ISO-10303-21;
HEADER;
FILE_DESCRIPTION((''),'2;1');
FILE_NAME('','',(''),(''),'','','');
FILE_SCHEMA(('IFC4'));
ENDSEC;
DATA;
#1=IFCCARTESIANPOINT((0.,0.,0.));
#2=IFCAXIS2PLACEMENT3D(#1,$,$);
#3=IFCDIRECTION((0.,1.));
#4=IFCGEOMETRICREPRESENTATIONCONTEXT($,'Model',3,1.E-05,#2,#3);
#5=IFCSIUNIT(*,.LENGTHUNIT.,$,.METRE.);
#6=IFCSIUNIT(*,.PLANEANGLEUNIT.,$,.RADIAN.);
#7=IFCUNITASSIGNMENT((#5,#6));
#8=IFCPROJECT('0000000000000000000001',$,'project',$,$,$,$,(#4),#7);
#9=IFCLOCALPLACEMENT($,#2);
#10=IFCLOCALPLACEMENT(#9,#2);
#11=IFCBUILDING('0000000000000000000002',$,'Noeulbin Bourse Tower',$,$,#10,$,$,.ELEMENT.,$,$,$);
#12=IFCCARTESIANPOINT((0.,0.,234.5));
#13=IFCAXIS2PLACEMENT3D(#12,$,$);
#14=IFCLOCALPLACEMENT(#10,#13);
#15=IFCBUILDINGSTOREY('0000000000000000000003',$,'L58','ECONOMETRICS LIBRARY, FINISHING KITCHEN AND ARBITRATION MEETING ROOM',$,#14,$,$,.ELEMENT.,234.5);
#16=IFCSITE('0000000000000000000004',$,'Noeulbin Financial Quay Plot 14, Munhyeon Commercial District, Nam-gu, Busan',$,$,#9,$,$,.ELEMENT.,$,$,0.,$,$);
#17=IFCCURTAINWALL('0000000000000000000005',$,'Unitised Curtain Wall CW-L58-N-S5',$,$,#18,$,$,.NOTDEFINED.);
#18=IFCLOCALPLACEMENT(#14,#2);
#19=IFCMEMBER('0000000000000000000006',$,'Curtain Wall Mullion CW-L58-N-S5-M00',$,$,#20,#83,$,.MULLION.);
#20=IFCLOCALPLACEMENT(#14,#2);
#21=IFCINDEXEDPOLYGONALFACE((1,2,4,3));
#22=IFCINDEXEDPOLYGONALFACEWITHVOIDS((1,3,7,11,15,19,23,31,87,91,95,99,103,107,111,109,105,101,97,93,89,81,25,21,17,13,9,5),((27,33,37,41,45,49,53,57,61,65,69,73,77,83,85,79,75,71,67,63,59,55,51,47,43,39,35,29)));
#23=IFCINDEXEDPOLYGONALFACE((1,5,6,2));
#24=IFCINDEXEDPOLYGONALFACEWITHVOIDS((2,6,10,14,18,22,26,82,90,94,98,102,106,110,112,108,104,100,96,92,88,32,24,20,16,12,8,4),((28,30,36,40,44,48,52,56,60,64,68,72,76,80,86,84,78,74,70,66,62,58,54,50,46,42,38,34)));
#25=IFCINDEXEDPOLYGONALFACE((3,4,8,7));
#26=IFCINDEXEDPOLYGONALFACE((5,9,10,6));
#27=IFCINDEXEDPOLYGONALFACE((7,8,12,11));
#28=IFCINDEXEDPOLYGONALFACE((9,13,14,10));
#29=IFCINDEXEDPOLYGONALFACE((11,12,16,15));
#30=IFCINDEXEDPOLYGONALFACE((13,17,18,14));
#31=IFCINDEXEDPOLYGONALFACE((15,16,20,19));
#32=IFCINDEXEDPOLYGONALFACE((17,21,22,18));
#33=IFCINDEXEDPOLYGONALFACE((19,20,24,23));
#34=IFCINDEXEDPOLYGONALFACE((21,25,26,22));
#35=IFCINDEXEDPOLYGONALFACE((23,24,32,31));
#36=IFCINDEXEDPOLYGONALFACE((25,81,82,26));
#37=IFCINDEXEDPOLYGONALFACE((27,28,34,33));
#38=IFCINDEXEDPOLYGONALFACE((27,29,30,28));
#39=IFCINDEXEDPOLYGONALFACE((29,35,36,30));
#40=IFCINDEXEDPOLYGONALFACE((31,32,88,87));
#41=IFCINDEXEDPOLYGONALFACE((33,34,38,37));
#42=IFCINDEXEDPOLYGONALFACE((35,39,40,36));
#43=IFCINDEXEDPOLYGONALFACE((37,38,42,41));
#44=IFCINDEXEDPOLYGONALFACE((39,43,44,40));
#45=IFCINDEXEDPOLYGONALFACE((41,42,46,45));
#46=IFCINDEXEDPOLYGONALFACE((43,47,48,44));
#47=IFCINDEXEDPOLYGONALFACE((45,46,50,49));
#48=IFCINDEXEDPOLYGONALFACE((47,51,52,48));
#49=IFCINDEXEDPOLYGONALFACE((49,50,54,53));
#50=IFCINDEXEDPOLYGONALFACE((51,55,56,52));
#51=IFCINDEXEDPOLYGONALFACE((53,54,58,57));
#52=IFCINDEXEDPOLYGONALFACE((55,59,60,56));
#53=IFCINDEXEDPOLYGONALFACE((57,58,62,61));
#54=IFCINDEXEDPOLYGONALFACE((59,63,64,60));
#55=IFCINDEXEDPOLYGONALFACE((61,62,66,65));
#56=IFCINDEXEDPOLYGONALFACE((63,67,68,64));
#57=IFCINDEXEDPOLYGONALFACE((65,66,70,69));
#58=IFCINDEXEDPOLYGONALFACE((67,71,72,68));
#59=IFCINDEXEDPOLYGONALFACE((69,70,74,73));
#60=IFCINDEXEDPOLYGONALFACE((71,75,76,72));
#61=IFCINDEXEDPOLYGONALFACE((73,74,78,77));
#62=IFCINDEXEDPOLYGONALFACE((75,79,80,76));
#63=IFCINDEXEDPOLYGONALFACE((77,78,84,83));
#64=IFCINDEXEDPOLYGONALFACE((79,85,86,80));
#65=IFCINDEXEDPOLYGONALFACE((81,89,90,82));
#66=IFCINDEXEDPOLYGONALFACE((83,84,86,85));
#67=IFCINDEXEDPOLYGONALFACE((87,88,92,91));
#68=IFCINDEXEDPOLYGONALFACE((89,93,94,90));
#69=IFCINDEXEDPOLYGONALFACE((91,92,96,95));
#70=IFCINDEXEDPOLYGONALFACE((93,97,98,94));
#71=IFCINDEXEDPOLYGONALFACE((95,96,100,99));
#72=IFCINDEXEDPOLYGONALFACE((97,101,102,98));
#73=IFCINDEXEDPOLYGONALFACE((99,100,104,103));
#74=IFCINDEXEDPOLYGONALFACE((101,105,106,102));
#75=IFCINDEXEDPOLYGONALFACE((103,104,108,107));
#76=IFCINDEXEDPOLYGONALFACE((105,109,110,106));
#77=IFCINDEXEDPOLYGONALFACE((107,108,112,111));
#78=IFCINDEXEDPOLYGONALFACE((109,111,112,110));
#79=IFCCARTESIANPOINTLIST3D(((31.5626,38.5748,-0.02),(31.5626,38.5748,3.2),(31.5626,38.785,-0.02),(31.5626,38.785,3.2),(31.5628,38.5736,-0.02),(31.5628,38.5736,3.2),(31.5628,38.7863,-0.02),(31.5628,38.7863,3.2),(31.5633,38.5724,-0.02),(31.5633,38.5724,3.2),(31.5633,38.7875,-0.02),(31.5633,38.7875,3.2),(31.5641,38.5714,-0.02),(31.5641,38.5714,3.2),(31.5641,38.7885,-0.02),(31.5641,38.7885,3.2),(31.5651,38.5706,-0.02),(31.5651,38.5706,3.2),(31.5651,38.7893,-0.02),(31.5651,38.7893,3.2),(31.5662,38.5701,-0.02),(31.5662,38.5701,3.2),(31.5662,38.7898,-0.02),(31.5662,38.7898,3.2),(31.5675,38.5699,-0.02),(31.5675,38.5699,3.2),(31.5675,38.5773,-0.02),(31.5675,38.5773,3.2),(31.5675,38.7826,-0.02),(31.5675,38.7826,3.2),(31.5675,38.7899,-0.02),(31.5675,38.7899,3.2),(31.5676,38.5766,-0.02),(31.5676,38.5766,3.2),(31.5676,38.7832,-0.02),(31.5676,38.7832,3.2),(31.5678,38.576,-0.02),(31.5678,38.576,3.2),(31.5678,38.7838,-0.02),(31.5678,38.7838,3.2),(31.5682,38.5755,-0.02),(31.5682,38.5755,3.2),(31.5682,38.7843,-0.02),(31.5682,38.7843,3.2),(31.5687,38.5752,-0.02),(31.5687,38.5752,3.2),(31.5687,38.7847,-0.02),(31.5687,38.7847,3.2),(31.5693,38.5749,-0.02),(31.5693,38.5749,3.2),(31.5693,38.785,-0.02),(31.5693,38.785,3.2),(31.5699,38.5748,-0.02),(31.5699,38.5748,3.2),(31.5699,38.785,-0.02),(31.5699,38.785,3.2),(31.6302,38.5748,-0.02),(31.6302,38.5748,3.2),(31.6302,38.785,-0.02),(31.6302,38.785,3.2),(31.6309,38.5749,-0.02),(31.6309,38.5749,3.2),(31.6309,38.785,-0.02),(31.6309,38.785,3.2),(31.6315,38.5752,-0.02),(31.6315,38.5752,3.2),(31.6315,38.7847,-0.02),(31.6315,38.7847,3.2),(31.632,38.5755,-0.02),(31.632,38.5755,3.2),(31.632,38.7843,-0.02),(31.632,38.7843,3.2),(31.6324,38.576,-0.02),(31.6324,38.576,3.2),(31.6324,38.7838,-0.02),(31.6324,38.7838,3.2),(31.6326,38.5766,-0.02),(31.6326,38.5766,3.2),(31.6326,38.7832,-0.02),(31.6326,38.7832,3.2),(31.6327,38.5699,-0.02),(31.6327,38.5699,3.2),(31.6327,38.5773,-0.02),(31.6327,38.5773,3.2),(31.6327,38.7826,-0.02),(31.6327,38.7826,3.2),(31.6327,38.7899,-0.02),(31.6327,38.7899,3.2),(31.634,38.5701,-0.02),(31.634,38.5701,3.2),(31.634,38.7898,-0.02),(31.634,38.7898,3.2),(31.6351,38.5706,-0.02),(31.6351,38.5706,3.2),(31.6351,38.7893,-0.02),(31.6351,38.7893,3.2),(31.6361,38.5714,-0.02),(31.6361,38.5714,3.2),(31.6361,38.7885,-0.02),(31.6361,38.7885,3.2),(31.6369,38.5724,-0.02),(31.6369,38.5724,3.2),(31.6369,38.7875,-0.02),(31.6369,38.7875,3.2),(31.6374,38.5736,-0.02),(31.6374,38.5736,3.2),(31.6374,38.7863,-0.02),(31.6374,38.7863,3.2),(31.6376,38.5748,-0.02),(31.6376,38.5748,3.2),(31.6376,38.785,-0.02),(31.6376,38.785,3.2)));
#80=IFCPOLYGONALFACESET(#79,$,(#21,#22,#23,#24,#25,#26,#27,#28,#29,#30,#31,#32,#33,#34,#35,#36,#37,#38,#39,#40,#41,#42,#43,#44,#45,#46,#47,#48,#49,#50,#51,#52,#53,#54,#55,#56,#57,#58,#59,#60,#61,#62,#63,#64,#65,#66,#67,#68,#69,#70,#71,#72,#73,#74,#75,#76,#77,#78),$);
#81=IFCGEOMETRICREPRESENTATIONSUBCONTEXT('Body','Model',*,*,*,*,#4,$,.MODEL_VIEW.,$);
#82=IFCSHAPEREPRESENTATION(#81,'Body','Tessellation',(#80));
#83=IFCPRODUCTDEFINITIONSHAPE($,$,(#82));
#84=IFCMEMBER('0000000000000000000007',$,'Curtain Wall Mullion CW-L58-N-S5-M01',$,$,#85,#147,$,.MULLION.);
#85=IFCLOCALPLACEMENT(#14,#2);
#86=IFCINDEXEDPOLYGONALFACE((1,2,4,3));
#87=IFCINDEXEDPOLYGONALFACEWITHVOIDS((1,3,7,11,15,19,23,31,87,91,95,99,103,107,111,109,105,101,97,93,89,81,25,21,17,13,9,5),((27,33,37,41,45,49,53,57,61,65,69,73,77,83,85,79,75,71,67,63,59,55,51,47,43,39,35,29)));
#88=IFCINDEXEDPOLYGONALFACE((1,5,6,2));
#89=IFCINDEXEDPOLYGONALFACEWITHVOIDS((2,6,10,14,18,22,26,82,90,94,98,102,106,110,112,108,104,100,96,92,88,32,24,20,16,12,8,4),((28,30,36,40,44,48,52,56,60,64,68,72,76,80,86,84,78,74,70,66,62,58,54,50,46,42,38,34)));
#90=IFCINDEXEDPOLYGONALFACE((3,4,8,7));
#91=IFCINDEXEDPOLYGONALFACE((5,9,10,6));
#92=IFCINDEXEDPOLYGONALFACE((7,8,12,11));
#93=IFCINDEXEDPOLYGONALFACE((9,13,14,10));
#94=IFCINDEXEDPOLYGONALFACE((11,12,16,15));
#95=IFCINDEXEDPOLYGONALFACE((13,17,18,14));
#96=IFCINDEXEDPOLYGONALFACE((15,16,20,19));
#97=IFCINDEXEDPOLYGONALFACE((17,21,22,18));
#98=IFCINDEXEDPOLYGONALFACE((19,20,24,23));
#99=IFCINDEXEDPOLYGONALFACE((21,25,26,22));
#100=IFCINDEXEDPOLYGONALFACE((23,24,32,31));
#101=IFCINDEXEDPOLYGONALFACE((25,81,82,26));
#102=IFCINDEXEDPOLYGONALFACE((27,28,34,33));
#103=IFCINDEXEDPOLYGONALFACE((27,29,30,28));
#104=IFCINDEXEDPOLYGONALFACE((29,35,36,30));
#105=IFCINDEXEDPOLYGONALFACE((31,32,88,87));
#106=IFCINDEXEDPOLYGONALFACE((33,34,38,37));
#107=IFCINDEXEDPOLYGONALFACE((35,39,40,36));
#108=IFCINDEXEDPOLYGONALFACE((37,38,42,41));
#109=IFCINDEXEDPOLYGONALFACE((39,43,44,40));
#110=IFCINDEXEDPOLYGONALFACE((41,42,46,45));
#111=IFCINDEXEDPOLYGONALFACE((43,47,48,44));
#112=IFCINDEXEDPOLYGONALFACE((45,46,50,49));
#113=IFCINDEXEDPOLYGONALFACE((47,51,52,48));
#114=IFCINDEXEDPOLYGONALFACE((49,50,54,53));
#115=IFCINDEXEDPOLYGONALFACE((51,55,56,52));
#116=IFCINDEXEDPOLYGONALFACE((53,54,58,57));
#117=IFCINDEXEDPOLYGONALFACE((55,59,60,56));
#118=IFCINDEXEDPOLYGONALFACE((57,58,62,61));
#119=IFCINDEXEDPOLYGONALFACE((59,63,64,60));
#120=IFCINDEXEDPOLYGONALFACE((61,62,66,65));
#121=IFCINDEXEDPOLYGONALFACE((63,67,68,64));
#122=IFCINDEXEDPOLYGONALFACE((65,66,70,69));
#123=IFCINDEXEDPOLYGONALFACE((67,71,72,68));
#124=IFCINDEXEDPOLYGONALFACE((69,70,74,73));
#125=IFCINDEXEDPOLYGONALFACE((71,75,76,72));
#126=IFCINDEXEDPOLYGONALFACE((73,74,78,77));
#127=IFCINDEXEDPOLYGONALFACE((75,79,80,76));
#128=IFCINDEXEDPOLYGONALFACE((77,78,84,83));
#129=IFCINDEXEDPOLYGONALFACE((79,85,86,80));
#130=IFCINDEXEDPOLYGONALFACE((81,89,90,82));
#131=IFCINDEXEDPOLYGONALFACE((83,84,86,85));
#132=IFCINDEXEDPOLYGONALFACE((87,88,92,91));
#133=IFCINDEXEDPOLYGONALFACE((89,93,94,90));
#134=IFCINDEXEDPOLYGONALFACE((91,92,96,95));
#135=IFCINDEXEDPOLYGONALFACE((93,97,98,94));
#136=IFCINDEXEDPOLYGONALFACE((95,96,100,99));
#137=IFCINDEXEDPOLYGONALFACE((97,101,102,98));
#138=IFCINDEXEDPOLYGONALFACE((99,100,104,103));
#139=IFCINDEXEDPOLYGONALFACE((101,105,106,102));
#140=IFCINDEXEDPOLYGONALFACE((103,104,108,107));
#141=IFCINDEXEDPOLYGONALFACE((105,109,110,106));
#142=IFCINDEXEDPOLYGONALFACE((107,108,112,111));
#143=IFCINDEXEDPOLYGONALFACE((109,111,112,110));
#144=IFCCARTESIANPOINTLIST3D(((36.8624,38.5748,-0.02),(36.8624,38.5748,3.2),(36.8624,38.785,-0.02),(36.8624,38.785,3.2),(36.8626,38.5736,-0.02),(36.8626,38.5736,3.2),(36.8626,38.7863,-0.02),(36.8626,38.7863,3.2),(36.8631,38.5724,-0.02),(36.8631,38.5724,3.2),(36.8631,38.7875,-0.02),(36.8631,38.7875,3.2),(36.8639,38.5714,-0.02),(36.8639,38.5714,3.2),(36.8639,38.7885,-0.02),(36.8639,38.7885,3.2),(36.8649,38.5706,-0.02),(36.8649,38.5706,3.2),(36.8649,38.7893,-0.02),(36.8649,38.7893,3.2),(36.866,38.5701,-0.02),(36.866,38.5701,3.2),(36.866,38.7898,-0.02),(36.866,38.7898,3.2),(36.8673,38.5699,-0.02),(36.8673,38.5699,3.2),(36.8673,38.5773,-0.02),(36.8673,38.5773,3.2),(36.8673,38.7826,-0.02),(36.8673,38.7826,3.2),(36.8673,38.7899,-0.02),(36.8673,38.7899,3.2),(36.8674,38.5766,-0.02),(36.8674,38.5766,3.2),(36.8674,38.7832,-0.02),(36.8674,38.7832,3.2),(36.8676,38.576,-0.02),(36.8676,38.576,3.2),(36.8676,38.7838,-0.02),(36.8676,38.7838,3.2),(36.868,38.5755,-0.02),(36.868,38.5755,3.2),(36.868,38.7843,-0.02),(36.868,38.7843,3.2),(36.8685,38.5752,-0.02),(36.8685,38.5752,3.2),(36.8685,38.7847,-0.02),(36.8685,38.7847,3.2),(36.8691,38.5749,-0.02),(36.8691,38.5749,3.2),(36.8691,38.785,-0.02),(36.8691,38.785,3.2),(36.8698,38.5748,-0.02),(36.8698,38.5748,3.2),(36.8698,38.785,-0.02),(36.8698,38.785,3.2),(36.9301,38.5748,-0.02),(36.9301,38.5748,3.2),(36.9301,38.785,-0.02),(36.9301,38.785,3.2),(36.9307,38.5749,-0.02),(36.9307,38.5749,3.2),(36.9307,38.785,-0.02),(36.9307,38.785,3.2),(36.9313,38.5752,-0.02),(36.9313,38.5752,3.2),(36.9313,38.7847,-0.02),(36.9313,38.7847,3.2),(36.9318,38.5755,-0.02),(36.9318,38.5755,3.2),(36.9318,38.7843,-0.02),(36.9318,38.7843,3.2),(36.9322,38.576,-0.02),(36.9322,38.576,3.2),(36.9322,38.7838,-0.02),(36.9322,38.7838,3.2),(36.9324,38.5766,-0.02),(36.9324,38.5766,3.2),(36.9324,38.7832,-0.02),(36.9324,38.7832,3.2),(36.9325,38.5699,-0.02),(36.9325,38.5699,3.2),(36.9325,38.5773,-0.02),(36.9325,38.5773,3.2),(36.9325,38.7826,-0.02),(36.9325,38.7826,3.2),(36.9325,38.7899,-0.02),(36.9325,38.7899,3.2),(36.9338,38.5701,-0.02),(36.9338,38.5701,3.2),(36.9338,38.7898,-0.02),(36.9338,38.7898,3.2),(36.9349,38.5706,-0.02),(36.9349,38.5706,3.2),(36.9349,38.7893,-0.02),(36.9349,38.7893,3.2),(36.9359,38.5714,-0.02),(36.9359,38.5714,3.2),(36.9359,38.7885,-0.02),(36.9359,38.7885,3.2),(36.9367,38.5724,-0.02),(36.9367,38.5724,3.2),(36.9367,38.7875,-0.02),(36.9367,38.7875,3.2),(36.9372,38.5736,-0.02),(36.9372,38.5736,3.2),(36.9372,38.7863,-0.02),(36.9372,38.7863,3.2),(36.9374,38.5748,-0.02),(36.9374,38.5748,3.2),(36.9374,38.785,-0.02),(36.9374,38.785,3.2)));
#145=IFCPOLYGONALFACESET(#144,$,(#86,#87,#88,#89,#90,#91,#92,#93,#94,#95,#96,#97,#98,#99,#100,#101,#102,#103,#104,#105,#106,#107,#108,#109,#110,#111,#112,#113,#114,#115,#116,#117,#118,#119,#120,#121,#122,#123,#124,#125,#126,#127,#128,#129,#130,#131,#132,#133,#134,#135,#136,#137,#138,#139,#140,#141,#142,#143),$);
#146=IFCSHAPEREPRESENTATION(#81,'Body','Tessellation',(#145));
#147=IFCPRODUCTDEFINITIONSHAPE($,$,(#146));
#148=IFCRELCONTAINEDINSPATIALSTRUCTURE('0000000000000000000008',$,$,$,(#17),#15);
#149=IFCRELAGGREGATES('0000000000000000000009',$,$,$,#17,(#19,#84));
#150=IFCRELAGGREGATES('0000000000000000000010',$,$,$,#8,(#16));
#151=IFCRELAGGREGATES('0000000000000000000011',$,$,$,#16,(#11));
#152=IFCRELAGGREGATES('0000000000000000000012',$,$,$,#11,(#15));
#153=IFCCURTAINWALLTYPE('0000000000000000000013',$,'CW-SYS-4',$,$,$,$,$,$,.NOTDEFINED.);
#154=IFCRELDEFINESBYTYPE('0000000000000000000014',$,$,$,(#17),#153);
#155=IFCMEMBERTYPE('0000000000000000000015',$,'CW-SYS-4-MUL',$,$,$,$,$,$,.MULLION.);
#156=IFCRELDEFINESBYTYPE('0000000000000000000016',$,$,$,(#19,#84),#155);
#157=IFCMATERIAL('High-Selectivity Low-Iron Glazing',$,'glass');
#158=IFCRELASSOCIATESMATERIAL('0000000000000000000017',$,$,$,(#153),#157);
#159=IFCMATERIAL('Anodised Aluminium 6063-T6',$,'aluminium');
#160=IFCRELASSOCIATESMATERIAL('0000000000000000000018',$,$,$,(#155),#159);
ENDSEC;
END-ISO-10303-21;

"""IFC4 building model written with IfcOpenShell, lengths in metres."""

from ifc_helpers import new_model, si_unit, direction, frame, origin, origin_2d, place, context, subcontext, project, spatial, hollow_rectangle, extrude, material, material_profile, profile_set, type_object, element, aggregate, save


model = new_model("IFC4")

# Units and contexts
model_context = context("Model", 3, precision=1e-05, world=origin(), true_north=direction((0.0, 1.0)))
body_context = subcontext(model_context, "Body", "Model", "MODEL_VIEW")
ifc_project = project(units=[si_unit("LENGTHUNIT", "METRE"), si_unit("PLANEANGLEUNIT", "RADIAN")], contexts=[model_context])

# Site, building, storey
site_placement = place(None, origin())
site = spatial("IfcSite", under=ifc_project, at=site_placement, Name="Noeulbin Financial Quay Plot 14, Munhyeon Commercial District, Nam-gu, Busan", CompositionType="ELEMENT", RefElevation=0.0)
building_placement = place(site_placement, origin())
building = spatial("IfcBuilding", under=site, at=building_placement, Name="Noeulbin Bourse Tower", CompositionType="ELEMENT")
storey_placement = place(building_placement, frame((0.0, 0.0, 234.5)))
storey = spatial("IfcBuildingStorey", under=building, at=storey_placement, Name="L58", Description="ECONOMETRICS LIBRARY, FINISHING KITCHEN AND ARBITRATION MEETING ROOM", CompositionType="ELEMENT", Elevation=234.5)

# Curtain wall, members
ifc_material_1 = material(Name="High-Selectivity Low-Iron Glazing", Category="glass")
curtain_wall_type = type_object("IfcCurtainWallType", Name="CW-SYS-4", PredefinedType="NOTDEFINED", material=ifc_material_1)
ifc_material_2 = material(Name="Anodised Aluminium 6063-T6", Category="aluminium")
ifc_material_profile_1 = material_profile(ifc_material_2, hollow_rectangle(XDim=0.075, YDim=0.22, WallThickness=0.0049, InnerFilletRadius=0.0024, OuterFilletRadius=0.0049, at=origin_2d()), Name="ALU-MULL-75x220x5", Category="LoadBearing")
ifc_profile_set_1 = profile_set([ifc_material_profile_1], Name="Anodised Aluminium 6063-T6")
member_type_1 = type_object("IfcMemberType", Name="CW-SYS-4-MUL", PredefinedType="MULLION", material=ifc_profile_set_1)
curtain_wall_1_placement = place(storey_placement, origin())
curtain_wall_1 = element("IfcCurtainWall", 1, at=curtain_wall_1_placement, inside=storey, type_object=curtain_wall_type, Name="Unitised Curtain Wall CW-L58-N-S5", PredefinedType="NOTDEFINED")
member_1_placement = place(storey_placement, frame((31.6001, 38.6799, -0.02), z_axis=(0.0, 0.0, 1.0), x_axis=(1.0, 0.0, 0.0)))
member_1 = element("IfcMember", 2, at=member_1_placement, type_object=member_type_1, Name="Curtain Wall Mullion CW-L58-N-S5-M00", PredefinedType="MULLION", context=body_context, shape_type="SweptSolid", body=[
    extrude(hollow_rectangle(XDim=0.075, YDim=0.22, WallThickness=0.0049, InnerFilletRadius=0.0024, OuterFilletRadius=0.0049, at=origin_2d()), origin(), (0.0, 0.0, 1.0), 3.22),
])
member_2_placement = place(storey_placement, frame((36.8999, 38.6799, -0.02), z_axis=(0.0, 0.0, 1.0), x_axis=(1.0, 0.0, 0.0)))
member_2 = element("IfcMember", 3, at=member_2_placement, type_object=member_type_1, Name="Curtain Wall Mullion CW-L58-N-S5-M01", PredefinedType="MULLION", context=body_context, shape_type="SweptSolid", body=[
    extrude(hollow_rectangle(XDim=0.075, YDim=0.22, WallThickness=0.0049, InnerFilletRadius=0.0024, OuterFilletRadius=0.0049, at=origin_2d()), origin(), (0.0, 0.0, 1.0), 3.22),
])

aggregate(curtain_wall_1, [member_1, member_2])

save(model, "model.ifc")
